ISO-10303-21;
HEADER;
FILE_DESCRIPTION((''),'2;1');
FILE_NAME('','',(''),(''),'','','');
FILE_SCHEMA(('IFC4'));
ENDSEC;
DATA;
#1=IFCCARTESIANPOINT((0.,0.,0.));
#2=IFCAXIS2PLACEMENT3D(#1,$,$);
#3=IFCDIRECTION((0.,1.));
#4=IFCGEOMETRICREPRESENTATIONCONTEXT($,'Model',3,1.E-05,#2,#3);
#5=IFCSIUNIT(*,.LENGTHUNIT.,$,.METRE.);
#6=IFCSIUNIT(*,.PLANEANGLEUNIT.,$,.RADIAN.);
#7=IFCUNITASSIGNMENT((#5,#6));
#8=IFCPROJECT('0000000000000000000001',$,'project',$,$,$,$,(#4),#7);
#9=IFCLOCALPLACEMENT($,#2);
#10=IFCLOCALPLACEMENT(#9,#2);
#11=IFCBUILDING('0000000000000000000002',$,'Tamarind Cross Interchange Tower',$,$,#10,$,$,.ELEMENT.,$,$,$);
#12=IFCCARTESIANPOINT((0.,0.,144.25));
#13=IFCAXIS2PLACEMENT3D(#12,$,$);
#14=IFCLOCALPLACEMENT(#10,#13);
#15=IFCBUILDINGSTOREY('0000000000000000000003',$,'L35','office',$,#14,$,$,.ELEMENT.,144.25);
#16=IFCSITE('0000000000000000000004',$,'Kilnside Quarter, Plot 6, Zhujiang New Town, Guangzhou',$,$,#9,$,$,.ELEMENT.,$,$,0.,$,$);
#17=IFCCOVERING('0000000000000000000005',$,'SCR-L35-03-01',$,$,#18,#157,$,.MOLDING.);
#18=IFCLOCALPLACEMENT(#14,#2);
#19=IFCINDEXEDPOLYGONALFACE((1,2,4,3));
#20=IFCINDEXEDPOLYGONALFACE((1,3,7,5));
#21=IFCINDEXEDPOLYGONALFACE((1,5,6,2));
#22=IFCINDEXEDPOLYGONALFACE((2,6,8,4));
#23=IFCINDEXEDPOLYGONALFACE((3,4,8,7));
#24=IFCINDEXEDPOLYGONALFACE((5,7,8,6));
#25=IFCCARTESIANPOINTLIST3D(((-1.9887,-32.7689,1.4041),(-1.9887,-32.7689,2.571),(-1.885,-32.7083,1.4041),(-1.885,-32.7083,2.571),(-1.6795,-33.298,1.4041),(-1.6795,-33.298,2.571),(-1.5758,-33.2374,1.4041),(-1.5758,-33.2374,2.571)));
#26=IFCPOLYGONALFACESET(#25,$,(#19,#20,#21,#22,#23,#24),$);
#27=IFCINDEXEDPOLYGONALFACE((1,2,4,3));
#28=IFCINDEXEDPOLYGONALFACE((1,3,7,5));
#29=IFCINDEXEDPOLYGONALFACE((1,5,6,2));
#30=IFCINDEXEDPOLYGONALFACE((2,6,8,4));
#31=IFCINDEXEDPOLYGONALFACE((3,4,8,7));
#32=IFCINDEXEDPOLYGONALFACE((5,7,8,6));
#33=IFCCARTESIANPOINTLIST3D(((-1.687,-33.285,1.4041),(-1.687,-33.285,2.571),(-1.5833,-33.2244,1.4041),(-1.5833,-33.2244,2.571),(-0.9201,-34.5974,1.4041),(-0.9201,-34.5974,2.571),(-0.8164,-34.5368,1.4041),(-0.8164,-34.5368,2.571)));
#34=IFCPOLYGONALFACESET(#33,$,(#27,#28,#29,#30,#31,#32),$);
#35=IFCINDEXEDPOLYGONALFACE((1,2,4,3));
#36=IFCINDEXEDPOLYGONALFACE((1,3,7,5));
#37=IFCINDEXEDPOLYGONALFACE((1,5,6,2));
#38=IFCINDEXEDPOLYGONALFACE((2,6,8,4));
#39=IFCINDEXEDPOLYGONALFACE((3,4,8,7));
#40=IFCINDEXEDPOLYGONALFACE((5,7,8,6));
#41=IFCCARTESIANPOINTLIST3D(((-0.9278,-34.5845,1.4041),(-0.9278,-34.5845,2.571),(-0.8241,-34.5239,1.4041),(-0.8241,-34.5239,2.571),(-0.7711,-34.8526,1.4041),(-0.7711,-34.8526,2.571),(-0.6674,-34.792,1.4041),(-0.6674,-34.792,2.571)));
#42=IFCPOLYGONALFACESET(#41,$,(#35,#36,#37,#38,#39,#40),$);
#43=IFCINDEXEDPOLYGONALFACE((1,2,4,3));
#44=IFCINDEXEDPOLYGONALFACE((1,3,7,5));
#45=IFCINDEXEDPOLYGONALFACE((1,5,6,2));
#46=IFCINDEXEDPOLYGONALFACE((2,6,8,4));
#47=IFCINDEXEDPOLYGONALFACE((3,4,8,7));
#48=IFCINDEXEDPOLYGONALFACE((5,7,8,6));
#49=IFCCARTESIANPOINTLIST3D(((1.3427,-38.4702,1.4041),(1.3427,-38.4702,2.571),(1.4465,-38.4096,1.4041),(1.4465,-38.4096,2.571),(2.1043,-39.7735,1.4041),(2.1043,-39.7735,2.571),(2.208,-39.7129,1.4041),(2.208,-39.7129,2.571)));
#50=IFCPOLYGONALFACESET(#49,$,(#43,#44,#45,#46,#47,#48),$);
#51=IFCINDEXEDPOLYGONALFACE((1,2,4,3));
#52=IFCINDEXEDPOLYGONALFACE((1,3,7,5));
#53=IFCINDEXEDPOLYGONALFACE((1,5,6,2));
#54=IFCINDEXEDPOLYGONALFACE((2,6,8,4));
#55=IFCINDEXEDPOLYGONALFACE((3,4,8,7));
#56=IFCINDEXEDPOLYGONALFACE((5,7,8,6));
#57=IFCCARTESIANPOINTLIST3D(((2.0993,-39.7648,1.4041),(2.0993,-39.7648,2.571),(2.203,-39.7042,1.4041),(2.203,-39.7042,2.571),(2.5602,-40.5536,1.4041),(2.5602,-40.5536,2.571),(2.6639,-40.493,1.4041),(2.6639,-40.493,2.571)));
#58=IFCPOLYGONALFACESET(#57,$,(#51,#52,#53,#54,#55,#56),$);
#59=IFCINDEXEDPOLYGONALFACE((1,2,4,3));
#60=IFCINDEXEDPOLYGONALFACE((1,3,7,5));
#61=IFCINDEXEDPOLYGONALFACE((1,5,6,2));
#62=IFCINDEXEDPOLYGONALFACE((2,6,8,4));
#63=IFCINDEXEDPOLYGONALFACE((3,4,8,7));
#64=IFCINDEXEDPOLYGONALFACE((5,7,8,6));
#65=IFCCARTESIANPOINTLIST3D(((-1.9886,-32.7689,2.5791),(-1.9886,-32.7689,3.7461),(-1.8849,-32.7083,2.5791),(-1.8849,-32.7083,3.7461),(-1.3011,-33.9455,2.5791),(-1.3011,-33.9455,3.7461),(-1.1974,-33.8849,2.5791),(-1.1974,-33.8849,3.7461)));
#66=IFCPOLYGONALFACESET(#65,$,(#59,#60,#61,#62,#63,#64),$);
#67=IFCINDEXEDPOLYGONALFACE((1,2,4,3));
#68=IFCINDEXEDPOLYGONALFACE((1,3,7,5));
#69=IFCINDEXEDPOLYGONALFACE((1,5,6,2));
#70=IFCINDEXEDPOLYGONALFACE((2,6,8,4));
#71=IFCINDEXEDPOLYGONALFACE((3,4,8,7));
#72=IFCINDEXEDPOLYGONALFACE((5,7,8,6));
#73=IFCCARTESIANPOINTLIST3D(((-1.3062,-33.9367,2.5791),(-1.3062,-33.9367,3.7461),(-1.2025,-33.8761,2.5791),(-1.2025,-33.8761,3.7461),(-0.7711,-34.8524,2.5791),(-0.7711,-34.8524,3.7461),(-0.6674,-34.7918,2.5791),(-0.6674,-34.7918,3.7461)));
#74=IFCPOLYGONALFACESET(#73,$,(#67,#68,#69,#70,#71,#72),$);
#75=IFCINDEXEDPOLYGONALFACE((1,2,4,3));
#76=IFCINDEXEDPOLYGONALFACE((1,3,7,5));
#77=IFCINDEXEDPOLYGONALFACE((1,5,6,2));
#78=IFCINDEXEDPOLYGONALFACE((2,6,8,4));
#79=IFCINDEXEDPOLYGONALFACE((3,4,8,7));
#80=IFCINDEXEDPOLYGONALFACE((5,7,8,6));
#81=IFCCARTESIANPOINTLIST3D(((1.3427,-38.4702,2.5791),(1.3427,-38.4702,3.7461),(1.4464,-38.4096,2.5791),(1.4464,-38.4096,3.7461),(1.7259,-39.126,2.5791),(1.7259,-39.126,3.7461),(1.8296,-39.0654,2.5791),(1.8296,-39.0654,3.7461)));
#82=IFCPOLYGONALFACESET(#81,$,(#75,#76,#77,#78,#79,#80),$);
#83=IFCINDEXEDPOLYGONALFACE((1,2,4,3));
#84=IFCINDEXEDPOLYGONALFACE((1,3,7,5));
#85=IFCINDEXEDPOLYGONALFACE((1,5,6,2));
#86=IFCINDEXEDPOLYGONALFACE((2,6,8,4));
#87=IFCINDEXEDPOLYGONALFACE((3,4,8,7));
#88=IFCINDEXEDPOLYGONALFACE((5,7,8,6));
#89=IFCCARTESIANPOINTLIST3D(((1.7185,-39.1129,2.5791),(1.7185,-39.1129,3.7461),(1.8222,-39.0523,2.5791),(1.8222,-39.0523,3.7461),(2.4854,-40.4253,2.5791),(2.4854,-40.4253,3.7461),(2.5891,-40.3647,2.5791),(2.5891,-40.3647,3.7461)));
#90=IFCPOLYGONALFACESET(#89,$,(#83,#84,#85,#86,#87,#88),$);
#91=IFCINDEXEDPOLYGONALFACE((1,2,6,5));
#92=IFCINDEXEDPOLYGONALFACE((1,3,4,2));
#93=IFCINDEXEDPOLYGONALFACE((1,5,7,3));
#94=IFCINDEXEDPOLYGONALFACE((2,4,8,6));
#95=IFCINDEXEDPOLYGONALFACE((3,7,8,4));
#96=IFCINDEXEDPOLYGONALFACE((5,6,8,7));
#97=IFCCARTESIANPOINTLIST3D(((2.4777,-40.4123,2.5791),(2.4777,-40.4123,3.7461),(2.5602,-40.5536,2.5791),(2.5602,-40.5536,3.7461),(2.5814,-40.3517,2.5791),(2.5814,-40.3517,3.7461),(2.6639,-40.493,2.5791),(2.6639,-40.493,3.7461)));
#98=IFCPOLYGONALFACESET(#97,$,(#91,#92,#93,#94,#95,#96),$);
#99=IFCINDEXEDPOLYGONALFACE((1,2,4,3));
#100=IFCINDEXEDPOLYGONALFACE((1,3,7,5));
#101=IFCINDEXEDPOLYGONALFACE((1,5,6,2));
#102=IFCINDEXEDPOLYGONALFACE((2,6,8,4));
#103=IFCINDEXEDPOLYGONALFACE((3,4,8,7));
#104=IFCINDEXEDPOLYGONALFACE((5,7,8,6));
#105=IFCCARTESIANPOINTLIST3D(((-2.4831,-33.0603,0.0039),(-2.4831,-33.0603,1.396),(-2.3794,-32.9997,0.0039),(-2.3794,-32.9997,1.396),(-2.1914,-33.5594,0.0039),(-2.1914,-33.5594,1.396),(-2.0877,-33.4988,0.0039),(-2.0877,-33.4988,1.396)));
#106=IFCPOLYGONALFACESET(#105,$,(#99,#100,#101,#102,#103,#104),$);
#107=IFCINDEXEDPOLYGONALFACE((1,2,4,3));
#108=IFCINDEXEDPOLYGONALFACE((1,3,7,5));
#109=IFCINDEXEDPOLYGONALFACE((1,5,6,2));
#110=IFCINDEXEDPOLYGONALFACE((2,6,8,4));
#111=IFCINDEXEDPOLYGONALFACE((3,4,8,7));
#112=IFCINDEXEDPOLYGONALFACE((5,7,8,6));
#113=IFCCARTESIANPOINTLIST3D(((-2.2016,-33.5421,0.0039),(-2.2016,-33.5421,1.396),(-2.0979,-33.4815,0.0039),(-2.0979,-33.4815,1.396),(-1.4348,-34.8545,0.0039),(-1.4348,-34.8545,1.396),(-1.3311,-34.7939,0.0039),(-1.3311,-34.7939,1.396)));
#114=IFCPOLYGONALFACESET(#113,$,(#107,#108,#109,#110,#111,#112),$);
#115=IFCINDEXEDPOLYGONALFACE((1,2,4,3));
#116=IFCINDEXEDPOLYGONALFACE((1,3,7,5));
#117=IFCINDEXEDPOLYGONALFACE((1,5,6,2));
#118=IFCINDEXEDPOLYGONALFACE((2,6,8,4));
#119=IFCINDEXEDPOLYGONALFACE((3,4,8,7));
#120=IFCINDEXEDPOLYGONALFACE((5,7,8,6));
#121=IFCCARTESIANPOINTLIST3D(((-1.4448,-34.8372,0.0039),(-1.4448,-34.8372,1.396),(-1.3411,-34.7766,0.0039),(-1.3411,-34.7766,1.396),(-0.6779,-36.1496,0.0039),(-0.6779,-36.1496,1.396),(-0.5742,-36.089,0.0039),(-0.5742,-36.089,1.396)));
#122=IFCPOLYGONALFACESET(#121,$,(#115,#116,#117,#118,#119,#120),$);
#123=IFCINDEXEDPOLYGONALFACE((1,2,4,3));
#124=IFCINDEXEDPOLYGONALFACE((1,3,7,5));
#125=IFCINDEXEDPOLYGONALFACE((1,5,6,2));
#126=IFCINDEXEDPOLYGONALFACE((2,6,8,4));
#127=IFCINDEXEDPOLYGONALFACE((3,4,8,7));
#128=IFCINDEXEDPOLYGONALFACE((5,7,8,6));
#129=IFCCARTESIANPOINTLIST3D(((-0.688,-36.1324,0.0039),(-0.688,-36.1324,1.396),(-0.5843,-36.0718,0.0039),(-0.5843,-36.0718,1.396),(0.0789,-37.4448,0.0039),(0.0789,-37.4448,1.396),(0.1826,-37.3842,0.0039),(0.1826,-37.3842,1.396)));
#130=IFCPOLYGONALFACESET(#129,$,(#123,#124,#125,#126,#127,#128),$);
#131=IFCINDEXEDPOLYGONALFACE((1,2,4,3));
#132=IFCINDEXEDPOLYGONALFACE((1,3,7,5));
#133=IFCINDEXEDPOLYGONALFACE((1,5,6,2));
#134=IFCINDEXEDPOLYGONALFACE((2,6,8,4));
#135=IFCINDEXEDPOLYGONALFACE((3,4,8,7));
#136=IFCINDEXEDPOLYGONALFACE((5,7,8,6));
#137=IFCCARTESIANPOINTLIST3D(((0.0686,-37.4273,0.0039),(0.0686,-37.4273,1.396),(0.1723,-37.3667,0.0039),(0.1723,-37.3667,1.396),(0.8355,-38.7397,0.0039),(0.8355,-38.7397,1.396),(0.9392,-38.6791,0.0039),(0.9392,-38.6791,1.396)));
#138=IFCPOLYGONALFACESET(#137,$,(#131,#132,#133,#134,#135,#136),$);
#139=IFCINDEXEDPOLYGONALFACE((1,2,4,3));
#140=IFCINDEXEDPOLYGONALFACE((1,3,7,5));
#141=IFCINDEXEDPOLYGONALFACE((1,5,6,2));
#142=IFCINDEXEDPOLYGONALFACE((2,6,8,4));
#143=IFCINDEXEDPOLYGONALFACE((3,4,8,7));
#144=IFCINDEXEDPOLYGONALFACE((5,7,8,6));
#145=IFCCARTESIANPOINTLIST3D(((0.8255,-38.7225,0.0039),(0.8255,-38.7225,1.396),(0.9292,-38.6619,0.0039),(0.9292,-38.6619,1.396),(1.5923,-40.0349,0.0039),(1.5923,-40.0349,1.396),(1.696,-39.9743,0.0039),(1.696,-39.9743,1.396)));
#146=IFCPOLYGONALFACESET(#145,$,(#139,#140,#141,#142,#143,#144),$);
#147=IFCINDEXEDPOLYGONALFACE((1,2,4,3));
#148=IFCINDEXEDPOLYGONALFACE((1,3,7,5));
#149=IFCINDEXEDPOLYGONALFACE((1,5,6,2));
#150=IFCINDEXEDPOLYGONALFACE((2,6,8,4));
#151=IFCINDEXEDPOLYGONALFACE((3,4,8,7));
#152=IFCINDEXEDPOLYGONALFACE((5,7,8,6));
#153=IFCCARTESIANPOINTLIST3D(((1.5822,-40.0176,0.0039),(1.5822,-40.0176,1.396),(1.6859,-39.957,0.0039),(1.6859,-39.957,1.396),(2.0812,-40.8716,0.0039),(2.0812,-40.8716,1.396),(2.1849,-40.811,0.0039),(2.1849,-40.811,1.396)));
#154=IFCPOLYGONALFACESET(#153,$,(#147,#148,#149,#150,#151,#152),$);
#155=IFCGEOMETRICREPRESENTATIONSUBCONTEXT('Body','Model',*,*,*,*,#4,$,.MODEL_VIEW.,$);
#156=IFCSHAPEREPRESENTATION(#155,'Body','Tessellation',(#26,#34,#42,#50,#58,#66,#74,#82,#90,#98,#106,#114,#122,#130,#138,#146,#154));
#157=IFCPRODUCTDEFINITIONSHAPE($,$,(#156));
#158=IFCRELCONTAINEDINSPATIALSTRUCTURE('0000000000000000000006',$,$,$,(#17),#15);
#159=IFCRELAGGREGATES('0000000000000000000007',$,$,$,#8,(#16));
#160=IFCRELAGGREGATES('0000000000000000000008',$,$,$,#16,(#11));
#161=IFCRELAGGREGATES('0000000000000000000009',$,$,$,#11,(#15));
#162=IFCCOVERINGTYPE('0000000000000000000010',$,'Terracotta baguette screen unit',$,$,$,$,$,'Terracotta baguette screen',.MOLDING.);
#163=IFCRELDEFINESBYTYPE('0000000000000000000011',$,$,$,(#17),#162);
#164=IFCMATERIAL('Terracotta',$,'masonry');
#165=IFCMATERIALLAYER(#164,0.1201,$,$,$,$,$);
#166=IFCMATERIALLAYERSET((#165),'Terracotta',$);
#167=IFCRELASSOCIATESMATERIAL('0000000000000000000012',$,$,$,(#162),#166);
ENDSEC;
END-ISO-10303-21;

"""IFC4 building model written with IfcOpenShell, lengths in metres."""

from ifc_helpers import new_model, si_unit, direction, frame, origin, origin_2d, place, context, subcontext, project, spatial, rectangle, extrude, material, layer, layer_set, type_object, element, save


model = new_model("IFC4")

# Units and contexts
model_context = context("Model", 3, precision=1e-05, world=origin(), true_north=direction((0.0, 1.0)))
body_context = subcontext(model_context, "Body", "Model", "MODEL_VIEW")
ifc_project = project(units=[si_unit("LENGTHUNIT", "METRE"), si_unit("PLANEANGLEUNIT", "RADIAN")], contexts=[model_context])

# Site, building, storey
site_placement = place(None, origin())
site = spatial("IfcSite", under=ifc_project, at=site_placement, Name="Kilnside Quarter, Plot 6, Zhujiang New Town, Guangzhou", CompositionType="ELEMENT", RefElevation=0.0)
building_placement = place(site_placement, origin())
building = spatial("IfcBuilding", under=site, at=building_placement, Name="Tamarind Cross Interchange Tower", CompositionType="ELEMENT")
storey_placement = place(building_placement, frame((0.0, 0.0, 144.25)))
storey = spatial("IfcBuildingStorey", under=building, at=storey_placement, Name="L35", Description="office", CompositionType="ELEMENT", Elevation=144.25)

# Covering
ifc_material_1 = material(Name="Terracotta", Category="masonry")
ifc_layer_1 = layer(ifc_material_1, 0.1201)
ifc_layer_set_1 = layer_set([ifc_layer_1], Name="Terracotta")
covering_type = type_object("IfcCoveringType", Name="Terracotta baguette screen unit", ElementType="Terracotta baguette screen", PredefinedType="MOLDING", material=ifc_layer_set_1)
covering_1_placement = place(storey_placement, origin())
element("IfcCovering", 1, at=covering_1_placement, inside=storey, type_object=covering_type, Name="SCR-L35-03-01", PredefinedType="MOLDING", context=body_context, shape_type="SweptSolid", body=[
    extrude(rectangle(XDim=0.6128, YDim=0.1201, at=origin_2d()), frame((-1.7822, -33.0032, 1.4041), z_axis=(0.0, 0.0, 1.0), x_axis=(0.504516, -0.863403, 0.0)), (0.0, 0.0, 1.0), 1.167),
    extrude(rectangle(XDim=1.52, YDim=0.1201, at=origin_2d()), frame((-1.2517, -33.9109, 1.4041), z_axis=(0.0, 0.0, 1.0), x_axis=(0.504516, -0.863403, 0.0)), (0.0, 0.0, 1.0), 1.167),
    extrude(rectangle(XDim=0.3105, YDim=0.1201, at=origin_2d()), frame((-0.7976, -34.6882, 1.4041), z_axis=(0.0, 0.0, 1.0), x_axis=(0.504516, -0.863403, 0.0)), (0.0, 0.0, 1.0), 1.167),
    extrude(rectangle(XDim=1.5095, YDim=0.1201, at=origin_2d()), frame((1.7754, -39.0916, 1.4041), z_axis=(0.0, 0.0, 1.0), x_axis=(0.504516, -0.863403, 0.0)), (0.0, 0.0, 1.0), 1.167),
    extrude(rectangle(XDim=0.9136, YDim=0.1201, at=origin_2d()), frame((2.3816, -40.1289, 1.4041), z_axis=(0.0, 0.0, 1.0), x_axis=(0.504516, -0.863403, 0.0)), (0.0, 0.0, 1.0), 1.167),
    extrude(rectangle(XDim=1.3628, YDim=0.1201, at=origin_2d()), frame((-1.593, -33.3269, 2.5791), z_axis=(0.0, 0.0, 1.0), x_axis=(0.504516, -0.863403, 0.0)), (0.0, 0.0, 1.0), 1.167),
    extrude(rectangle(XDim=1.0605, YDim=0.1201, at=origin_2d()), frame((-0.9868, -34.3643, 2.5791), z_axis=(0.0, 0.0, 1.0), x_axis=(0.504516, -0.863403, 0.0)), (0.0, 0.0, 1.0), 1.167),
    extrude(rectangle(XDim=0.7595, YDim=0.1201, at=origin_2d()), frame((1.5862, -38.7678, 2.5791), z_axis=(0.0, 0.0, 1.0), x_axis=(0.504516, -0.863403, 0.0)), (0.0, 0.0, 1.0), 1.167),
    extrude(rectangle(XDim=1.52, YDim=0.1201, at=origin_2d()), frame((2.1538, -39.7388, 2.5791), z_axis=(0.0, 0.0, 1.0), x_axis=(0.504516, -0.863403, 0.0)), (0.0, 0.0, 1.0), 1.167),
    extrude(rectangle(XDim=0.1636, YDim=0.1201, at=origin_2d()), frame((2.5708, -40.4526, 2.5791), z_axis=(0.0, 0.0, 1.0), x_axis=(0.504516, -0.863403, 0.0)), (0.0, 0.0, 1.0), 1.167),
    extrude(rectangle(XDim=0.5781, YDim=0.1201, at=origin_2d()), frame((-2.2854, -33.2795, 0.0039), z_axis=(0.0, 0.0, 1.0), x_axis=(0.504516, -0.863403, 0.0)), (0.0, 0.0, 1.0), 1.3921),
    extrude(rectangle(XDim=1.52, YDim=0.1201, at=origin_2d()), frame((-1.7664, -34.168, 0.0039), z_axis=(0.0, 0.0, 1.0), x_axis=(0.504516, -0.863403, 0.0)), (0.0, 0.0, 1.0), 1.3921),
    extrude(rectangle(XDim=1.52, YDim=0.1201, at=origin_2d()), frame((-1.0095, -35.4631, 0.0039), z_axis=(0.0, 0.0, 1.0), x_axis=(0.504516, -0.863403, 0.0)), (0.0, 0.0, 1.0), 1.3921),
    extrude(rectangle(XDim=1.52, YDim=0.1201, at=origin_2d()), frame((-0.2527, -36.7583, 0.0039), z_axis=(0.0, 0.0, 1.0), x_axis=(0.504516, -0.863403, 0.0)), (0.0, 0.0, 1.0), 1.3921),
    extrude(rectangle(XDim=1.52, YDim=0.1201, at=origin_2d()), frame((0.5039, -38.0532, 0.0039), z_axis=(0.0, 0.0, 1.0), x_axis=(0.504516, -0.863403, 0.0)), (0.0, 0.0, 1.0), 1.3921),
    extrude(rectangle(XDim=1.52, YDim=0.1201, at=origin_2d()), frame((1.2607, -39.3484, 0.0039), z_axis=(0.0, 0.0, 1.0), x_axis=(0.504516, -0.863403, 0.0)), (0.0, 0.0, 1.0), 1.3921),
    extrude(rectangle(XDim=0.989, YDim=0.1201, at=origin_2d()), frame((1.8835, -40.4143, 0.0039), z_axis=(0.0, 0.0, 1.0), x_axis=(0.504516, -0.863403, 0.0)), (0.0, 0.0, 1.0), 1.3921),
])

save(model, "model.ifc")
